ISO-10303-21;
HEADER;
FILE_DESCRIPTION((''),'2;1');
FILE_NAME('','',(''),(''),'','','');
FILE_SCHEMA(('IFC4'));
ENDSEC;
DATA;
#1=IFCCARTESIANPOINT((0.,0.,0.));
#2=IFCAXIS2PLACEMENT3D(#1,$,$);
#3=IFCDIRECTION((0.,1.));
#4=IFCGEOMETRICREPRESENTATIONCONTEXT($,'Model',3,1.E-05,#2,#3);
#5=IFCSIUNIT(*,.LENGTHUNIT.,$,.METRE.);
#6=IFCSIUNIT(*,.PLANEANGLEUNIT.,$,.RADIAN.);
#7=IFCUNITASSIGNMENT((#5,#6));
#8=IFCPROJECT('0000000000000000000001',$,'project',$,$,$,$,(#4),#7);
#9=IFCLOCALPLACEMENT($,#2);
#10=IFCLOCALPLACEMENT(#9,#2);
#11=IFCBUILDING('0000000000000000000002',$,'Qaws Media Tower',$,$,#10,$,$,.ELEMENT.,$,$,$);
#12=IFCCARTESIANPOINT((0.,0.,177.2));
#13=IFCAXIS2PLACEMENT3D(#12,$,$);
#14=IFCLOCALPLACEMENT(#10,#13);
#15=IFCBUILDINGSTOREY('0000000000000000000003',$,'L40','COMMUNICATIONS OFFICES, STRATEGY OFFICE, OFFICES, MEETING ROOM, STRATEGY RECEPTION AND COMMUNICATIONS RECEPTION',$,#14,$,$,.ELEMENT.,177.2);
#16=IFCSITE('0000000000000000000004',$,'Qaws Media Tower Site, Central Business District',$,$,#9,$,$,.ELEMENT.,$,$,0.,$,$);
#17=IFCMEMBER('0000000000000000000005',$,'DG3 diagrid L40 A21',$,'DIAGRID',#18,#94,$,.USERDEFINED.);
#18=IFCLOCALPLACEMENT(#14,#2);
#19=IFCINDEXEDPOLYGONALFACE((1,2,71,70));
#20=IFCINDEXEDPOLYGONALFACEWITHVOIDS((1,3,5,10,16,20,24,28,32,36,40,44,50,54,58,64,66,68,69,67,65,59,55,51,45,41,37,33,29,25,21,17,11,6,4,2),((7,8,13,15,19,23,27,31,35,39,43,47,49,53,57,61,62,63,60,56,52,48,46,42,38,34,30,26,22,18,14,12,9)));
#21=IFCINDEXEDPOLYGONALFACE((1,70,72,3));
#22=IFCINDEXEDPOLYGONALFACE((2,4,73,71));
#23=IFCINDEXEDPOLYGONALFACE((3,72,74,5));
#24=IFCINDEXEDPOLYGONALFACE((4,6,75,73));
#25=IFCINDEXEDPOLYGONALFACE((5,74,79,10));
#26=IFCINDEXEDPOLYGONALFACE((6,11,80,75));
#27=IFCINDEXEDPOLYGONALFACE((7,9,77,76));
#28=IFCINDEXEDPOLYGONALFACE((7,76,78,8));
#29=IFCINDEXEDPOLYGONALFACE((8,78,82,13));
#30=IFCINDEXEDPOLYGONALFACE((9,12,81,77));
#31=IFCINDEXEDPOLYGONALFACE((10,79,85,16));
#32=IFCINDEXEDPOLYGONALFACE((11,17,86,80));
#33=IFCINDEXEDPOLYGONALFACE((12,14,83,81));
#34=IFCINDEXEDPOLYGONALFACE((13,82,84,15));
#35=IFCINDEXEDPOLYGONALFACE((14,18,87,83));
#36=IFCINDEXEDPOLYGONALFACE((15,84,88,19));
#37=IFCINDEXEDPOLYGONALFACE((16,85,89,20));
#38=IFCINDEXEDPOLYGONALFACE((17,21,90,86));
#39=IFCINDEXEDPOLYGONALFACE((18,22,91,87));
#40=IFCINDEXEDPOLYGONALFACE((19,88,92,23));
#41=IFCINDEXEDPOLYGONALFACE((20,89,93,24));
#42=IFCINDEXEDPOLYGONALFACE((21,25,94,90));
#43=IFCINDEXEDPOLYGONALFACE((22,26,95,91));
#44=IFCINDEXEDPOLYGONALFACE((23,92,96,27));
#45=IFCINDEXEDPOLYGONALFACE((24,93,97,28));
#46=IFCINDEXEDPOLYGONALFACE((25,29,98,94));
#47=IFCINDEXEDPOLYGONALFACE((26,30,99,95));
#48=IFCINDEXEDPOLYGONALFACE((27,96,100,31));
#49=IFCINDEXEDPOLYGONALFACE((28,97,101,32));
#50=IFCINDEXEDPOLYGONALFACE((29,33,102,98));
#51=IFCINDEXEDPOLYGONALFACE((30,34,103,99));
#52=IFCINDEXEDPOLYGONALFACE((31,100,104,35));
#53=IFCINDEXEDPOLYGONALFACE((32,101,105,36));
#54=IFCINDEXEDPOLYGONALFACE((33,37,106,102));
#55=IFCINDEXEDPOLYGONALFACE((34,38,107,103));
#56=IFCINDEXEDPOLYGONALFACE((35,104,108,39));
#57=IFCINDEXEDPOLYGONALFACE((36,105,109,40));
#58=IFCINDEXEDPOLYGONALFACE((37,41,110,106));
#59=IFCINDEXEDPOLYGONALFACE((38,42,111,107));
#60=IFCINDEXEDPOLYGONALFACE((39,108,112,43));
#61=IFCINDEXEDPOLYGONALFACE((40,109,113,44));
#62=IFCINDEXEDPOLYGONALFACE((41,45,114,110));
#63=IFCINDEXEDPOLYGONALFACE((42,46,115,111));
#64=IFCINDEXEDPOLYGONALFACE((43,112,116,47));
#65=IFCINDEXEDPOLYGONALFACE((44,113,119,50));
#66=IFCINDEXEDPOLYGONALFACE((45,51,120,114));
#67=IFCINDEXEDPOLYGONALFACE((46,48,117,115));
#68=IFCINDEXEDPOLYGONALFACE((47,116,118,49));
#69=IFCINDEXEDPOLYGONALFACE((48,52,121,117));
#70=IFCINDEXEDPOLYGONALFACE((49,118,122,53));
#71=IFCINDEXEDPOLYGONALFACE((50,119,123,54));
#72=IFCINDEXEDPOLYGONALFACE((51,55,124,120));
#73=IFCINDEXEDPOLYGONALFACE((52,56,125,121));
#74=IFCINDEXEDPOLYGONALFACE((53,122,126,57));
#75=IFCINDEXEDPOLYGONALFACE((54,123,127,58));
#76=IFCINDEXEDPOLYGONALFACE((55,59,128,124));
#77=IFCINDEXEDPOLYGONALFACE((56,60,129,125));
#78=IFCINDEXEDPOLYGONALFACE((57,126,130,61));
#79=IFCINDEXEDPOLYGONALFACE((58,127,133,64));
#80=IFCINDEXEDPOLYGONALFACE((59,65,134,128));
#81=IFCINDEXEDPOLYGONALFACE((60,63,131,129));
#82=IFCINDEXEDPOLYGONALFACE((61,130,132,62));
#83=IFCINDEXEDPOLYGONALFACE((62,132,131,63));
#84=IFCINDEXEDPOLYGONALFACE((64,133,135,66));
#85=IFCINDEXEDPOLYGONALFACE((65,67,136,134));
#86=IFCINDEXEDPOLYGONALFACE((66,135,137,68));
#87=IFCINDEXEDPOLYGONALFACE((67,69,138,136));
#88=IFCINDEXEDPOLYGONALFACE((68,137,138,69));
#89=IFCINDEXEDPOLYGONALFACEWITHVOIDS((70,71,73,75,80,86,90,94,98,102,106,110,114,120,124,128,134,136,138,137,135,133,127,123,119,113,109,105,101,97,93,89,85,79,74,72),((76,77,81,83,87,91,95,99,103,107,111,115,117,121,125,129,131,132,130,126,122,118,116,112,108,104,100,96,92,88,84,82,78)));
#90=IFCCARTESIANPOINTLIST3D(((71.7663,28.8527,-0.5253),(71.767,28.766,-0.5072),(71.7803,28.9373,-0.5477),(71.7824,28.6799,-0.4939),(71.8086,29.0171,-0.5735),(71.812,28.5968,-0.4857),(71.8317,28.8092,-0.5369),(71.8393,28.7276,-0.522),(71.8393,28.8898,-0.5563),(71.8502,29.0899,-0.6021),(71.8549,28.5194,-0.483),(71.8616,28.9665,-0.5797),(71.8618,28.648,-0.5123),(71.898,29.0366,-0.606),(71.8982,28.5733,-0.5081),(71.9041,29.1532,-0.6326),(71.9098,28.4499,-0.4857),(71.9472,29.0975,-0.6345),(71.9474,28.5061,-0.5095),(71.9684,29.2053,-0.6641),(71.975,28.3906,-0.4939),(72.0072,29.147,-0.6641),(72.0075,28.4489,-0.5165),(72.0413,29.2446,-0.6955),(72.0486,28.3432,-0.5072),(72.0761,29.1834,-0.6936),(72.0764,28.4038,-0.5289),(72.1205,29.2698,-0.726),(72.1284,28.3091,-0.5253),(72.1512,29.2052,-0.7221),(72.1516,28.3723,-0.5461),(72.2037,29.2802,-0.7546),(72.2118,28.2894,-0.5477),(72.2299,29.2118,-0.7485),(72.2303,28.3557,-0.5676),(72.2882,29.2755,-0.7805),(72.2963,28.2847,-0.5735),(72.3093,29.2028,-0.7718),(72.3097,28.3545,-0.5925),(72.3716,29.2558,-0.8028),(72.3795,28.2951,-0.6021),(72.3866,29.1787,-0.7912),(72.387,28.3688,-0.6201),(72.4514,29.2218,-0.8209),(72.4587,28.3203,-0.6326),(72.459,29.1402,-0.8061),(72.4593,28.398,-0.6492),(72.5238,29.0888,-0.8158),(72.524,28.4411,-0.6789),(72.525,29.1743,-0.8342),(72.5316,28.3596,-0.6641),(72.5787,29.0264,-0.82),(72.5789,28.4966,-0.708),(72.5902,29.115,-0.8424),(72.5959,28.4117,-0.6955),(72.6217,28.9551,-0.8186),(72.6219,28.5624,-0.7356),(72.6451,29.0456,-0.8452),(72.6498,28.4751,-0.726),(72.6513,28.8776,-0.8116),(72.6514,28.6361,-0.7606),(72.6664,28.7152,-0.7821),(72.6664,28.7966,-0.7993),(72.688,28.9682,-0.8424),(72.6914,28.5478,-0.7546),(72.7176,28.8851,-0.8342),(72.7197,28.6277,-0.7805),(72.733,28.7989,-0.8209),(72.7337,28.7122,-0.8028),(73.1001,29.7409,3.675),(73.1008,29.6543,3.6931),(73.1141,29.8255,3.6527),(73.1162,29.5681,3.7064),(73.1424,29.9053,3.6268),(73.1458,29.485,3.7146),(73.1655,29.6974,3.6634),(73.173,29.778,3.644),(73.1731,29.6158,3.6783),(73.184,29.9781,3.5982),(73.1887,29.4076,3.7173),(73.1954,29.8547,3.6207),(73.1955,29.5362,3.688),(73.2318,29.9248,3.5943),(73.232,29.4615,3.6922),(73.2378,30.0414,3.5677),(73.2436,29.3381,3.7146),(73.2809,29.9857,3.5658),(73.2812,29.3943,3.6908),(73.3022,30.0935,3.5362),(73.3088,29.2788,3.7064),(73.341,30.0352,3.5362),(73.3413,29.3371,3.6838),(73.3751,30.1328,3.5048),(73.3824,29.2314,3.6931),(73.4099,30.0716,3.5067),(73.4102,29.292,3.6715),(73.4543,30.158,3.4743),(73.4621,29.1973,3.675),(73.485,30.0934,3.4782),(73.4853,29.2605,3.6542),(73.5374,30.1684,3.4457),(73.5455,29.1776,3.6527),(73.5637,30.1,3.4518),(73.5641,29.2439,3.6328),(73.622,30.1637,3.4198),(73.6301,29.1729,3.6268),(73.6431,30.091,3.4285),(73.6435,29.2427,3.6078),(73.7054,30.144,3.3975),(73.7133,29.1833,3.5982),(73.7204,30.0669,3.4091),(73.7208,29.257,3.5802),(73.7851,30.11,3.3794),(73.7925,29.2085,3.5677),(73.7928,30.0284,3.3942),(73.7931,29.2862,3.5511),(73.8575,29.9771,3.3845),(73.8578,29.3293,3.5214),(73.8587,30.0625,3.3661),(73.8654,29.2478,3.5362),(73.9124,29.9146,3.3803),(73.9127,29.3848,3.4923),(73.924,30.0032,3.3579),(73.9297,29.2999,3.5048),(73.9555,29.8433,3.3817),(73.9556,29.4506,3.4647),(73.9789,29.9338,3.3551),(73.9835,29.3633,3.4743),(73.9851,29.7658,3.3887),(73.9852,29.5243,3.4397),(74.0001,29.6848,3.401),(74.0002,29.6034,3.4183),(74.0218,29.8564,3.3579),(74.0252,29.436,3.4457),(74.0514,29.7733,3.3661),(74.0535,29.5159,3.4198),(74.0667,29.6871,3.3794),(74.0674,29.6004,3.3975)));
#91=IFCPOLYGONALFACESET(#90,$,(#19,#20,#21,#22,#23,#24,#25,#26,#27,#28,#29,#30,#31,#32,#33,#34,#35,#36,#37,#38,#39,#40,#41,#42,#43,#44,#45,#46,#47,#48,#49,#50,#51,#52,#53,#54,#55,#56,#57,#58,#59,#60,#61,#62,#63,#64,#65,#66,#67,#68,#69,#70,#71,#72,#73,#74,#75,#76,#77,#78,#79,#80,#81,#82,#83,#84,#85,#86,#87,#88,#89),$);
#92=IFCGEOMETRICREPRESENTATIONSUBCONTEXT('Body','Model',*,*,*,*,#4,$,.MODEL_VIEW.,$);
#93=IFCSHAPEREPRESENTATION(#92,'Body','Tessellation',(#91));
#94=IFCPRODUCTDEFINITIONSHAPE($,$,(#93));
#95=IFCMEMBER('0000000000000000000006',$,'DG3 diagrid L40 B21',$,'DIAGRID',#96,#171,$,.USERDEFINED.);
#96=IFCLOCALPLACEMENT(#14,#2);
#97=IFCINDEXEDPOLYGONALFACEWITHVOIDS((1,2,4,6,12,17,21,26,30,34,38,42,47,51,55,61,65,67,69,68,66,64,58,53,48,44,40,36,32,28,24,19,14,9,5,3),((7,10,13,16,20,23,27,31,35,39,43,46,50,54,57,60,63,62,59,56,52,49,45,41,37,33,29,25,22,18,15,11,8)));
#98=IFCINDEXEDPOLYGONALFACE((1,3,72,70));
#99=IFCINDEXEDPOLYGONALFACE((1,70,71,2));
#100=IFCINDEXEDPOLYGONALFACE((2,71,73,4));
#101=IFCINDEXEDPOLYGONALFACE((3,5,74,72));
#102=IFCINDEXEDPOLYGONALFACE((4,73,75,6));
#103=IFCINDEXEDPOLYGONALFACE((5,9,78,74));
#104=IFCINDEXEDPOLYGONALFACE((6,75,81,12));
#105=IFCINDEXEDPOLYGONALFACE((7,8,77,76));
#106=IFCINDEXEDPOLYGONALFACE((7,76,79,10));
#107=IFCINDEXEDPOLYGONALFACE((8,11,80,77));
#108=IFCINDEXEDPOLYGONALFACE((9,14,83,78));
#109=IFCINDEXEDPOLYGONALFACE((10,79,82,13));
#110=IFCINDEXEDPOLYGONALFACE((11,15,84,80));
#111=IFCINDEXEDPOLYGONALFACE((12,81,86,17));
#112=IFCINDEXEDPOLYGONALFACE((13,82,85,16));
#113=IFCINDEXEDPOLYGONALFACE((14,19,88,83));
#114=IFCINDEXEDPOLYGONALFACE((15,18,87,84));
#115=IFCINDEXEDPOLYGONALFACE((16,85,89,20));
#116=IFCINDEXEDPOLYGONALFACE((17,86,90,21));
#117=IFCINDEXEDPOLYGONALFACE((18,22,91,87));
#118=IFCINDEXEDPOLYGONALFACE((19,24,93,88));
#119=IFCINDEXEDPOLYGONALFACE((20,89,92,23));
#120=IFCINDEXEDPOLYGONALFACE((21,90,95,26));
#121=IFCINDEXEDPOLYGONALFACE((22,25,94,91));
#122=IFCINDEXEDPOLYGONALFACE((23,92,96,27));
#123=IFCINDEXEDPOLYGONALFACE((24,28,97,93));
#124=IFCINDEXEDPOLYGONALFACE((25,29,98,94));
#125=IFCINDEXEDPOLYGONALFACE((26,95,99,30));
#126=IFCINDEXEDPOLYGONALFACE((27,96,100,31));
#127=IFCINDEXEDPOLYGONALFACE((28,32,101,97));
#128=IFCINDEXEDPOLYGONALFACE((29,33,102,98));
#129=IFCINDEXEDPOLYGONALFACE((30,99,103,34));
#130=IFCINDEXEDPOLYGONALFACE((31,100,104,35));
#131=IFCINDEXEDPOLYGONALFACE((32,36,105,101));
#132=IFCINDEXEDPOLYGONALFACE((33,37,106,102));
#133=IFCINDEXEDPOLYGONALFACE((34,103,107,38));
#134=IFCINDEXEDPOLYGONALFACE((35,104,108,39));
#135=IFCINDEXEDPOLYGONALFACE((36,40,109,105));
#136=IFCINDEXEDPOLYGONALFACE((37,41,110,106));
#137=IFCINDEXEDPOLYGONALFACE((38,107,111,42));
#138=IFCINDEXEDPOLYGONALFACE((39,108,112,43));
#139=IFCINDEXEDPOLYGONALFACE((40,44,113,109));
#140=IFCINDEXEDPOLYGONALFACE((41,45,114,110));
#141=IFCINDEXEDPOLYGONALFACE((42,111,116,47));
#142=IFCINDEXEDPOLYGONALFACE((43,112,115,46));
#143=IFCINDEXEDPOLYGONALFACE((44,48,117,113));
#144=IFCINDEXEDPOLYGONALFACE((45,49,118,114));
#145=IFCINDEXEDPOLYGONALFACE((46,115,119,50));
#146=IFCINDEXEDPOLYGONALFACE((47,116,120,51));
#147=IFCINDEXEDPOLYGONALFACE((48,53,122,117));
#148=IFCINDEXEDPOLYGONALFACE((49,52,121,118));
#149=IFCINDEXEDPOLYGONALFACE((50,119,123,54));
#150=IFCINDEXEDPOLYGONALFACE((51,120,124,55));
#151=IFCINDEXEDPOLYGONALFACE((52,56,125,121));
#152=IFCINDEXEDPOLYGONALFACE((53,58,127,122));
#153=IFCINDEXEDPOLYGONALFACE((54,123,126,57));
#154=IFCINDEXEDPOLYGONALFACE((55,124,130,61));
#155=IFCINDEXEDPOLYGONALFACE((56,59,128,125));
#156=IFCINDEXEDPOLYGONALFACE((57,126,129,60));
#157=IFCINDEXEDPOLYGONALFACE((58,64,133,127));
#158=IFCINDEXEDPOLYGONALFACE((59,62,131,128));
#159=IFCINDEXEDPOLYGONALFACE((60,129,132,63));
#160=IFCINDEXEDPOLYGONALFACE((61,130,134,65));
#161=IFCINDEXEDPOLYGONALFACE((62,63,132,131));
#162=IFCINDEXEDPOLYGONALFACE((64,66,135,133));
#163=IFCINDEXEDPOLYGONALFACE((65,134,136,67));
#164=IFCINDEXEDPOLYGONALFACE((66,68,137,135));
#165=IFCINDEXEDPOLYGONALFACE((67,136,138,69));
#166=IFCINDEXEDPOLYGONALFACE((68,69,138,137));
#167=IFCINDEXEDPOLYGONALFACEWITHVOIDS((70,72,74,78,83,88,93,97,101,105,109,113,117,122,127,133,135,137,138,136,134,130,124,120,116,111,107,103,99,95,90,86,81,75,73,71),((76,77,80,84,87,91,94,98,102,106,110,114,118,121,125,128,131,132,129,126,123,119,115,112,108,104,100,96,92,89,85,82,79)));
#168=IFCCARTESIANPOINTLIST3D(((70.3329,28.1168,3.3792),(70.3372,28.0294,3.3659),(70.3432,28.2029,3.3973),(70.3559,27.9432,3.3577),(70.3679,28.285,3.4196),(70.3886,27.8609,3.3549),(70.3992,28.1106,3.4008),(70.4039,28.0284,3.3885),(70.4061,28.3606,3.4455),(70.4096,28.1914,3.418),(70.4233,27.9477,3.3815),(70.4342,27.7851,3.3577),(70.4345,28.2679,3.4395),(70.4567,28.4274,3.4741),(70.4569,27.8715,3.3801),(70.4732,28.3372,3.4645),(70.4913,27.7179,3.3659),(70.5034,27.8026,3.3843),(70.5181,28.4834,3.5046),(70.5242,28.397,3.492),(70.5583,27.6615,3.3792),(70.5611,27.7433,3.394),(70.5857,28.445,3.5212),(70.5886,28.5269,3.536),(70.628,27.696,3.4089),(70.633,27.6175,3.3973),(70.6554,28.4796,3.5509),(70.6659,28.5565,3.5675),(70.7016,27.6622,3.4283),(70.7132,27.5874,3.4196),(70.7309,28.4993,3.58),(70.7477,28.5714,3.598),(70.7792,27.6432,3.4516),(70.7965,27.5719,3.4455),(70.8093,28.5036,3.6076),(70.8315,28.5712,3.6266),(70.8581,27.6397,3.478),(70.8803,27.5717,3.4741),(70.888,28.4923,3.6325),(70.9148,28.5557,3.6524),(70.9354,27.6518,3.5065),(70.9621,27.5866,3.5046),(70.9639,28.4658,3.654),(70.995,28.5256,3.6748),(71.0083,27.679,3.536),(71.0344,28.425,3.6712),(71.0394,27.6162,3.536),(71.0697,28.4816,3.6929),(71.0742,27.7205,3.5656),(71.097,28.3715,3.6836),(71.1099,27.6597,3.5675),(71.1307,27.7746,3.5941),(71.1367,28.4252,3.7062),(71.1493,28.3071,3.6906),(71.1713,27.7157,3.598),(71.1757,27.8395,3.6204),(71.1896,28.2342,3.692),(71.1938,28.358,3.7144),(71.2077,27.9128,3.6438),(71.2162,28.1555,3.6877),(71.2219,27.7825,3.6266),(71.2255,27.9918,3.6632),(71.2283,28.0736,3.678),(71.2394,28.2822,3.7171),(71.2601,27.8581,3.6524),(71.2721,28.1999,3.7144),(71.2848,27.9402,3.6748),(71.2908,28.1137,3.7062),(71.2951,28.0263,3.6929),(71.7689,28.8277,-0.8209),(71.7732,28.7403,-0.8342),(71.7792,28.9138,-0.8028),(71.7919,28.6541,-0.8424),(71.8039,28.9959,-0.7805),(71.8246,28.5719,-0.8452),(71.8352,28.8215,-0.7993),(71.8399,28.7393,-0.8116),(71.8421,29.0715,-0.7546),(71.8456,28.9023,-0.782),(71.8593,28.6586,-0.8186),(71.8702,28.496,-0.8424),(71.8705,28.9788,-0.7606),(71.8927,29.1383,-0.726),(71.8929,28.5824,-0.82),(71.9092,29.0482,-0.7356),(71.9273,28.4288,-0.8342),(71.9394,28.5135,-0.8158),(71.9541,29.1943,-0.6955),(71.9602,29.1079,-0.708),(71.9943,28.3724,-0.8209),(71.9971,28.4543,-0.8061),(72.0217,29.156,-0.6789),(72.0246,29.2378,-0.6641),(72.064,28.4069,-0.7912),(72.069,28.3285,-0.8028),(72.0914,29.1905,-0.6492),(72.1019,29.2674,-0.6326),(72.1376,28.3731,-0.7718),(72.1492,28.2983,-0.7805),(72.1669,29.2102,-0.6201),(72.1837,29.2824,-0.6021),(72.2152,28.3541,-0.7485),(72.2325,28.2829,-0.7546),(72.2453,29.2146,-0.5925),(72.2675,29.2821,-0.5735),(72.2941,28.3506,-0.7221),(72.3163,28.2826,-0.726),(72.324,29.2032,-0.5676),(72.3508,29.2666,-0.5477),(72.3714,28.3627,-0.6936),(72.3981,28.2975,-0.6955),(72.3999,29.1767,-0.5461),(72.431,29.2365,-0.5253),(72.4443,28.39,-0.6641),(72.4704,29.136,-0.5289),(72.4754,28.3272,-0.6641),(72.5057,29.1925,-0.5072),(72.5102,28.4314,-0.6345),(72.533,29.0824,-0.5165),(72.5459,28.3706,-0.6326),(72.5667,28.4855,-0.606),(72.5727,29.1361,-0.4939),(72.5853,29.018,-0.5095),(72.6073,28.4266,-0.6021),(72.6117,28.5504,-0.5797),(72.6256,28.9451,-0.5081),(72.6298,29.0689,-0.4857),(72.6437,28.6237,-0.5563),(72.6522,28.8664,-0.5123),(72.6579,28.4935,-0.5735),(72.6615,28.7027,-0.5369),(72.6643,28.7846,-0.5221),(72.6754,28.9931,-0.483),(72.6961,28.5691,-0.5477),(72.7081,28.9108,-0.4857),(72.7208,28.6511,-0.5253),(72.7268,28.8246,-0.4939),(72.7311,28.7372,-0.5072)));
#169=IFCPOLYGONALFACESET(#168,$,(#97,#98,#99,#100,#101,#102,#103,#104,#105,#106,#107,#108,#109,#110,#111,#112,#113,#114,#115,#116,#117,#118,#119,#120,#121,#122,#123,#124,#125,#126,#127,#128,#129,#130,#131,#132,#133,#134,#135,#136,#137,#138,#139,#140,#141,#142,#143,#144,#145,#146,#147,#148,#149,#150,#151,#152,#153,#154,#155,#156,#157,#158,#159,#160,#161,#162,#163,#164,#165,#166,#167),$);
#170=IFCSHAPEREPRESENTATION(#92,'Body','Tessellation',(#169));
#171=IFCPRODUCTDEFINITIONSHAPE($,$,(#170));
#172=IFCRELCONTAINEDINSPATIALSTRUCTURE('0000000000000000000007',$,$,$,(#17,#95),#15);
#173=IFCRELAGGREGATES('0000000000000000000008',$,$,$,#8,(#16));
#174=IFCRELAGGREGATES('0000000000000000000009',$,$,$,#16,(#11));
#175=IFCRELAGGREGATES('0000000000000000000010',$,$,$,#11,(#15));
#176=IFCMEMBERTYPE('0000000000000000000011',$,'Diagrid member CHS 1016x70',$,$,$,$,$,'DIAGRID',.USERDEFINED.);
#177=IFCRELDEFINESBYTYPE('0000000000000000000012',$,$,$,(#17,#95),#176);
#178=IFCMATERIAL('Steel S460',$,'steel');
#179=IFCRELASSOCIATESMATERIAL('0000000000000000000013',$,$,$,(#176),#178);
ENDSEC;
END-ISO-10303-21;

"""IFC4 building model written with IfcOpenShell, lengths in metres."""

from ifc_helpers import new_model, si_unit, direction, frame, origin, origin_2d, place, context, subcontext, project, spatial, hollow_circle, extrude, material, material_profile, profile_set, type_object, element, save


model = new_model("IFC4")

# Units and contexts
model_context = context("Model", 3, precision=1e-05, world=origin(), true_north=direction((0.0, 1.0)))
body_context = subcontext(model_context, "Body", "Model", "MODEL_VIEW")
ifc_project = project(units=[si_unit("LENGTHUNIT", "METRE"), si_unit("PLANEANGLEUNIT", "RADIAN")], contexts=[model_context])

# Site, building, storey
site_placement = place(None, origin())
site = spatial("IfcSite", under=ifc_project, at=site_placement, Name="Qaws Media Tower Site, Central Business District", CompositionType="ELEMENT", RefElevation=0.0)
building_placement = place(site_placement, origin())
building = spatial("IfcBuilding", under=site, at=building_placement, Name="Qaws Media Tower", CompositionType="ELEMENT")
storey_placement = place(building_placement, frame((0.0, 0.0, 177.2)))
storey = spatial("IfcBuildingStorey", under=building, at=storey_placement, Name="L40", Description="COMMUNICATIONS OFFICES, STRATEGY OFFICE, OFFICES, MEETING ROOM, STRATEGY RECEPTION AND COMMUNICATIONS RECEPTION", CompositionType="ELEMENT", Elevation=177.2)

# Members
ifc_material_1 = material(Name="Steel S460", Category="steel")
ifc_material_profile_1 = material_profile(ifc_material_1, hollow_circle(Radius=0.5081, WallThickness=0.0701, at=origin_2d()), Name="CHS 1016x70")
ifc_profile_set_1 = profile_set([ifc_material_profile_1], Name="Steel S460")
member_type_1 = type_object("IfcMemberType", Name="Diagrid member CHS 1016x70", ElementType="DIAGRID", PredefinedType="USERDEFINED", material=ifc_profile_set_1)
member_1_placement = place(storey_placement, frame((72.25, 28.7825, -0.6641), z_axis=(0.296684, 0.197572, 0.934314), x_axis=(-0.554278, 0.832331, 0.0)))
element("IfcMember", 1, at=member_1_placement, inside=storey, type_object=member_type_1, Name="DG3 diagrid L40 A21", ObjectType="DIAGRID", PredefinedType="USERDEFINED", context=body_context, shape_type="SweptSolid", body=[
    extrude(hollow_circle(Radius=0.5081, WallThickness=0.0701, at=origin_2d()), origin(), (0.0, 0.0, 1.0), 4.4956),
])
for number, where, z_axis, x_axis, name in (
    (2, (72.25, 28.7825, -0.6641), (-0.31944, -0.158145, 0.934317), (0.443675, -0.896188, 0.0), "DG3 diagrid L40 B21"),
):
    element("IfcMember", number, at=place(storey_placement, frame(where, z_axis=z_axis, x_axis=x_axis)), inside=storey, type_object=member_type_1, Name=name, ObjectType="DIAGRID", PredefinedType="USERDEFINED", context=body_context, shape_type="SweptSolid", body=[
        extrude(hollow_circle(Radius=0.5081, WallThickness=0.0701, at=origin_2d()), origin(), (0.0, 0.0, 1.0), 4.4954),
    ])

save(model, "model.ifc")
